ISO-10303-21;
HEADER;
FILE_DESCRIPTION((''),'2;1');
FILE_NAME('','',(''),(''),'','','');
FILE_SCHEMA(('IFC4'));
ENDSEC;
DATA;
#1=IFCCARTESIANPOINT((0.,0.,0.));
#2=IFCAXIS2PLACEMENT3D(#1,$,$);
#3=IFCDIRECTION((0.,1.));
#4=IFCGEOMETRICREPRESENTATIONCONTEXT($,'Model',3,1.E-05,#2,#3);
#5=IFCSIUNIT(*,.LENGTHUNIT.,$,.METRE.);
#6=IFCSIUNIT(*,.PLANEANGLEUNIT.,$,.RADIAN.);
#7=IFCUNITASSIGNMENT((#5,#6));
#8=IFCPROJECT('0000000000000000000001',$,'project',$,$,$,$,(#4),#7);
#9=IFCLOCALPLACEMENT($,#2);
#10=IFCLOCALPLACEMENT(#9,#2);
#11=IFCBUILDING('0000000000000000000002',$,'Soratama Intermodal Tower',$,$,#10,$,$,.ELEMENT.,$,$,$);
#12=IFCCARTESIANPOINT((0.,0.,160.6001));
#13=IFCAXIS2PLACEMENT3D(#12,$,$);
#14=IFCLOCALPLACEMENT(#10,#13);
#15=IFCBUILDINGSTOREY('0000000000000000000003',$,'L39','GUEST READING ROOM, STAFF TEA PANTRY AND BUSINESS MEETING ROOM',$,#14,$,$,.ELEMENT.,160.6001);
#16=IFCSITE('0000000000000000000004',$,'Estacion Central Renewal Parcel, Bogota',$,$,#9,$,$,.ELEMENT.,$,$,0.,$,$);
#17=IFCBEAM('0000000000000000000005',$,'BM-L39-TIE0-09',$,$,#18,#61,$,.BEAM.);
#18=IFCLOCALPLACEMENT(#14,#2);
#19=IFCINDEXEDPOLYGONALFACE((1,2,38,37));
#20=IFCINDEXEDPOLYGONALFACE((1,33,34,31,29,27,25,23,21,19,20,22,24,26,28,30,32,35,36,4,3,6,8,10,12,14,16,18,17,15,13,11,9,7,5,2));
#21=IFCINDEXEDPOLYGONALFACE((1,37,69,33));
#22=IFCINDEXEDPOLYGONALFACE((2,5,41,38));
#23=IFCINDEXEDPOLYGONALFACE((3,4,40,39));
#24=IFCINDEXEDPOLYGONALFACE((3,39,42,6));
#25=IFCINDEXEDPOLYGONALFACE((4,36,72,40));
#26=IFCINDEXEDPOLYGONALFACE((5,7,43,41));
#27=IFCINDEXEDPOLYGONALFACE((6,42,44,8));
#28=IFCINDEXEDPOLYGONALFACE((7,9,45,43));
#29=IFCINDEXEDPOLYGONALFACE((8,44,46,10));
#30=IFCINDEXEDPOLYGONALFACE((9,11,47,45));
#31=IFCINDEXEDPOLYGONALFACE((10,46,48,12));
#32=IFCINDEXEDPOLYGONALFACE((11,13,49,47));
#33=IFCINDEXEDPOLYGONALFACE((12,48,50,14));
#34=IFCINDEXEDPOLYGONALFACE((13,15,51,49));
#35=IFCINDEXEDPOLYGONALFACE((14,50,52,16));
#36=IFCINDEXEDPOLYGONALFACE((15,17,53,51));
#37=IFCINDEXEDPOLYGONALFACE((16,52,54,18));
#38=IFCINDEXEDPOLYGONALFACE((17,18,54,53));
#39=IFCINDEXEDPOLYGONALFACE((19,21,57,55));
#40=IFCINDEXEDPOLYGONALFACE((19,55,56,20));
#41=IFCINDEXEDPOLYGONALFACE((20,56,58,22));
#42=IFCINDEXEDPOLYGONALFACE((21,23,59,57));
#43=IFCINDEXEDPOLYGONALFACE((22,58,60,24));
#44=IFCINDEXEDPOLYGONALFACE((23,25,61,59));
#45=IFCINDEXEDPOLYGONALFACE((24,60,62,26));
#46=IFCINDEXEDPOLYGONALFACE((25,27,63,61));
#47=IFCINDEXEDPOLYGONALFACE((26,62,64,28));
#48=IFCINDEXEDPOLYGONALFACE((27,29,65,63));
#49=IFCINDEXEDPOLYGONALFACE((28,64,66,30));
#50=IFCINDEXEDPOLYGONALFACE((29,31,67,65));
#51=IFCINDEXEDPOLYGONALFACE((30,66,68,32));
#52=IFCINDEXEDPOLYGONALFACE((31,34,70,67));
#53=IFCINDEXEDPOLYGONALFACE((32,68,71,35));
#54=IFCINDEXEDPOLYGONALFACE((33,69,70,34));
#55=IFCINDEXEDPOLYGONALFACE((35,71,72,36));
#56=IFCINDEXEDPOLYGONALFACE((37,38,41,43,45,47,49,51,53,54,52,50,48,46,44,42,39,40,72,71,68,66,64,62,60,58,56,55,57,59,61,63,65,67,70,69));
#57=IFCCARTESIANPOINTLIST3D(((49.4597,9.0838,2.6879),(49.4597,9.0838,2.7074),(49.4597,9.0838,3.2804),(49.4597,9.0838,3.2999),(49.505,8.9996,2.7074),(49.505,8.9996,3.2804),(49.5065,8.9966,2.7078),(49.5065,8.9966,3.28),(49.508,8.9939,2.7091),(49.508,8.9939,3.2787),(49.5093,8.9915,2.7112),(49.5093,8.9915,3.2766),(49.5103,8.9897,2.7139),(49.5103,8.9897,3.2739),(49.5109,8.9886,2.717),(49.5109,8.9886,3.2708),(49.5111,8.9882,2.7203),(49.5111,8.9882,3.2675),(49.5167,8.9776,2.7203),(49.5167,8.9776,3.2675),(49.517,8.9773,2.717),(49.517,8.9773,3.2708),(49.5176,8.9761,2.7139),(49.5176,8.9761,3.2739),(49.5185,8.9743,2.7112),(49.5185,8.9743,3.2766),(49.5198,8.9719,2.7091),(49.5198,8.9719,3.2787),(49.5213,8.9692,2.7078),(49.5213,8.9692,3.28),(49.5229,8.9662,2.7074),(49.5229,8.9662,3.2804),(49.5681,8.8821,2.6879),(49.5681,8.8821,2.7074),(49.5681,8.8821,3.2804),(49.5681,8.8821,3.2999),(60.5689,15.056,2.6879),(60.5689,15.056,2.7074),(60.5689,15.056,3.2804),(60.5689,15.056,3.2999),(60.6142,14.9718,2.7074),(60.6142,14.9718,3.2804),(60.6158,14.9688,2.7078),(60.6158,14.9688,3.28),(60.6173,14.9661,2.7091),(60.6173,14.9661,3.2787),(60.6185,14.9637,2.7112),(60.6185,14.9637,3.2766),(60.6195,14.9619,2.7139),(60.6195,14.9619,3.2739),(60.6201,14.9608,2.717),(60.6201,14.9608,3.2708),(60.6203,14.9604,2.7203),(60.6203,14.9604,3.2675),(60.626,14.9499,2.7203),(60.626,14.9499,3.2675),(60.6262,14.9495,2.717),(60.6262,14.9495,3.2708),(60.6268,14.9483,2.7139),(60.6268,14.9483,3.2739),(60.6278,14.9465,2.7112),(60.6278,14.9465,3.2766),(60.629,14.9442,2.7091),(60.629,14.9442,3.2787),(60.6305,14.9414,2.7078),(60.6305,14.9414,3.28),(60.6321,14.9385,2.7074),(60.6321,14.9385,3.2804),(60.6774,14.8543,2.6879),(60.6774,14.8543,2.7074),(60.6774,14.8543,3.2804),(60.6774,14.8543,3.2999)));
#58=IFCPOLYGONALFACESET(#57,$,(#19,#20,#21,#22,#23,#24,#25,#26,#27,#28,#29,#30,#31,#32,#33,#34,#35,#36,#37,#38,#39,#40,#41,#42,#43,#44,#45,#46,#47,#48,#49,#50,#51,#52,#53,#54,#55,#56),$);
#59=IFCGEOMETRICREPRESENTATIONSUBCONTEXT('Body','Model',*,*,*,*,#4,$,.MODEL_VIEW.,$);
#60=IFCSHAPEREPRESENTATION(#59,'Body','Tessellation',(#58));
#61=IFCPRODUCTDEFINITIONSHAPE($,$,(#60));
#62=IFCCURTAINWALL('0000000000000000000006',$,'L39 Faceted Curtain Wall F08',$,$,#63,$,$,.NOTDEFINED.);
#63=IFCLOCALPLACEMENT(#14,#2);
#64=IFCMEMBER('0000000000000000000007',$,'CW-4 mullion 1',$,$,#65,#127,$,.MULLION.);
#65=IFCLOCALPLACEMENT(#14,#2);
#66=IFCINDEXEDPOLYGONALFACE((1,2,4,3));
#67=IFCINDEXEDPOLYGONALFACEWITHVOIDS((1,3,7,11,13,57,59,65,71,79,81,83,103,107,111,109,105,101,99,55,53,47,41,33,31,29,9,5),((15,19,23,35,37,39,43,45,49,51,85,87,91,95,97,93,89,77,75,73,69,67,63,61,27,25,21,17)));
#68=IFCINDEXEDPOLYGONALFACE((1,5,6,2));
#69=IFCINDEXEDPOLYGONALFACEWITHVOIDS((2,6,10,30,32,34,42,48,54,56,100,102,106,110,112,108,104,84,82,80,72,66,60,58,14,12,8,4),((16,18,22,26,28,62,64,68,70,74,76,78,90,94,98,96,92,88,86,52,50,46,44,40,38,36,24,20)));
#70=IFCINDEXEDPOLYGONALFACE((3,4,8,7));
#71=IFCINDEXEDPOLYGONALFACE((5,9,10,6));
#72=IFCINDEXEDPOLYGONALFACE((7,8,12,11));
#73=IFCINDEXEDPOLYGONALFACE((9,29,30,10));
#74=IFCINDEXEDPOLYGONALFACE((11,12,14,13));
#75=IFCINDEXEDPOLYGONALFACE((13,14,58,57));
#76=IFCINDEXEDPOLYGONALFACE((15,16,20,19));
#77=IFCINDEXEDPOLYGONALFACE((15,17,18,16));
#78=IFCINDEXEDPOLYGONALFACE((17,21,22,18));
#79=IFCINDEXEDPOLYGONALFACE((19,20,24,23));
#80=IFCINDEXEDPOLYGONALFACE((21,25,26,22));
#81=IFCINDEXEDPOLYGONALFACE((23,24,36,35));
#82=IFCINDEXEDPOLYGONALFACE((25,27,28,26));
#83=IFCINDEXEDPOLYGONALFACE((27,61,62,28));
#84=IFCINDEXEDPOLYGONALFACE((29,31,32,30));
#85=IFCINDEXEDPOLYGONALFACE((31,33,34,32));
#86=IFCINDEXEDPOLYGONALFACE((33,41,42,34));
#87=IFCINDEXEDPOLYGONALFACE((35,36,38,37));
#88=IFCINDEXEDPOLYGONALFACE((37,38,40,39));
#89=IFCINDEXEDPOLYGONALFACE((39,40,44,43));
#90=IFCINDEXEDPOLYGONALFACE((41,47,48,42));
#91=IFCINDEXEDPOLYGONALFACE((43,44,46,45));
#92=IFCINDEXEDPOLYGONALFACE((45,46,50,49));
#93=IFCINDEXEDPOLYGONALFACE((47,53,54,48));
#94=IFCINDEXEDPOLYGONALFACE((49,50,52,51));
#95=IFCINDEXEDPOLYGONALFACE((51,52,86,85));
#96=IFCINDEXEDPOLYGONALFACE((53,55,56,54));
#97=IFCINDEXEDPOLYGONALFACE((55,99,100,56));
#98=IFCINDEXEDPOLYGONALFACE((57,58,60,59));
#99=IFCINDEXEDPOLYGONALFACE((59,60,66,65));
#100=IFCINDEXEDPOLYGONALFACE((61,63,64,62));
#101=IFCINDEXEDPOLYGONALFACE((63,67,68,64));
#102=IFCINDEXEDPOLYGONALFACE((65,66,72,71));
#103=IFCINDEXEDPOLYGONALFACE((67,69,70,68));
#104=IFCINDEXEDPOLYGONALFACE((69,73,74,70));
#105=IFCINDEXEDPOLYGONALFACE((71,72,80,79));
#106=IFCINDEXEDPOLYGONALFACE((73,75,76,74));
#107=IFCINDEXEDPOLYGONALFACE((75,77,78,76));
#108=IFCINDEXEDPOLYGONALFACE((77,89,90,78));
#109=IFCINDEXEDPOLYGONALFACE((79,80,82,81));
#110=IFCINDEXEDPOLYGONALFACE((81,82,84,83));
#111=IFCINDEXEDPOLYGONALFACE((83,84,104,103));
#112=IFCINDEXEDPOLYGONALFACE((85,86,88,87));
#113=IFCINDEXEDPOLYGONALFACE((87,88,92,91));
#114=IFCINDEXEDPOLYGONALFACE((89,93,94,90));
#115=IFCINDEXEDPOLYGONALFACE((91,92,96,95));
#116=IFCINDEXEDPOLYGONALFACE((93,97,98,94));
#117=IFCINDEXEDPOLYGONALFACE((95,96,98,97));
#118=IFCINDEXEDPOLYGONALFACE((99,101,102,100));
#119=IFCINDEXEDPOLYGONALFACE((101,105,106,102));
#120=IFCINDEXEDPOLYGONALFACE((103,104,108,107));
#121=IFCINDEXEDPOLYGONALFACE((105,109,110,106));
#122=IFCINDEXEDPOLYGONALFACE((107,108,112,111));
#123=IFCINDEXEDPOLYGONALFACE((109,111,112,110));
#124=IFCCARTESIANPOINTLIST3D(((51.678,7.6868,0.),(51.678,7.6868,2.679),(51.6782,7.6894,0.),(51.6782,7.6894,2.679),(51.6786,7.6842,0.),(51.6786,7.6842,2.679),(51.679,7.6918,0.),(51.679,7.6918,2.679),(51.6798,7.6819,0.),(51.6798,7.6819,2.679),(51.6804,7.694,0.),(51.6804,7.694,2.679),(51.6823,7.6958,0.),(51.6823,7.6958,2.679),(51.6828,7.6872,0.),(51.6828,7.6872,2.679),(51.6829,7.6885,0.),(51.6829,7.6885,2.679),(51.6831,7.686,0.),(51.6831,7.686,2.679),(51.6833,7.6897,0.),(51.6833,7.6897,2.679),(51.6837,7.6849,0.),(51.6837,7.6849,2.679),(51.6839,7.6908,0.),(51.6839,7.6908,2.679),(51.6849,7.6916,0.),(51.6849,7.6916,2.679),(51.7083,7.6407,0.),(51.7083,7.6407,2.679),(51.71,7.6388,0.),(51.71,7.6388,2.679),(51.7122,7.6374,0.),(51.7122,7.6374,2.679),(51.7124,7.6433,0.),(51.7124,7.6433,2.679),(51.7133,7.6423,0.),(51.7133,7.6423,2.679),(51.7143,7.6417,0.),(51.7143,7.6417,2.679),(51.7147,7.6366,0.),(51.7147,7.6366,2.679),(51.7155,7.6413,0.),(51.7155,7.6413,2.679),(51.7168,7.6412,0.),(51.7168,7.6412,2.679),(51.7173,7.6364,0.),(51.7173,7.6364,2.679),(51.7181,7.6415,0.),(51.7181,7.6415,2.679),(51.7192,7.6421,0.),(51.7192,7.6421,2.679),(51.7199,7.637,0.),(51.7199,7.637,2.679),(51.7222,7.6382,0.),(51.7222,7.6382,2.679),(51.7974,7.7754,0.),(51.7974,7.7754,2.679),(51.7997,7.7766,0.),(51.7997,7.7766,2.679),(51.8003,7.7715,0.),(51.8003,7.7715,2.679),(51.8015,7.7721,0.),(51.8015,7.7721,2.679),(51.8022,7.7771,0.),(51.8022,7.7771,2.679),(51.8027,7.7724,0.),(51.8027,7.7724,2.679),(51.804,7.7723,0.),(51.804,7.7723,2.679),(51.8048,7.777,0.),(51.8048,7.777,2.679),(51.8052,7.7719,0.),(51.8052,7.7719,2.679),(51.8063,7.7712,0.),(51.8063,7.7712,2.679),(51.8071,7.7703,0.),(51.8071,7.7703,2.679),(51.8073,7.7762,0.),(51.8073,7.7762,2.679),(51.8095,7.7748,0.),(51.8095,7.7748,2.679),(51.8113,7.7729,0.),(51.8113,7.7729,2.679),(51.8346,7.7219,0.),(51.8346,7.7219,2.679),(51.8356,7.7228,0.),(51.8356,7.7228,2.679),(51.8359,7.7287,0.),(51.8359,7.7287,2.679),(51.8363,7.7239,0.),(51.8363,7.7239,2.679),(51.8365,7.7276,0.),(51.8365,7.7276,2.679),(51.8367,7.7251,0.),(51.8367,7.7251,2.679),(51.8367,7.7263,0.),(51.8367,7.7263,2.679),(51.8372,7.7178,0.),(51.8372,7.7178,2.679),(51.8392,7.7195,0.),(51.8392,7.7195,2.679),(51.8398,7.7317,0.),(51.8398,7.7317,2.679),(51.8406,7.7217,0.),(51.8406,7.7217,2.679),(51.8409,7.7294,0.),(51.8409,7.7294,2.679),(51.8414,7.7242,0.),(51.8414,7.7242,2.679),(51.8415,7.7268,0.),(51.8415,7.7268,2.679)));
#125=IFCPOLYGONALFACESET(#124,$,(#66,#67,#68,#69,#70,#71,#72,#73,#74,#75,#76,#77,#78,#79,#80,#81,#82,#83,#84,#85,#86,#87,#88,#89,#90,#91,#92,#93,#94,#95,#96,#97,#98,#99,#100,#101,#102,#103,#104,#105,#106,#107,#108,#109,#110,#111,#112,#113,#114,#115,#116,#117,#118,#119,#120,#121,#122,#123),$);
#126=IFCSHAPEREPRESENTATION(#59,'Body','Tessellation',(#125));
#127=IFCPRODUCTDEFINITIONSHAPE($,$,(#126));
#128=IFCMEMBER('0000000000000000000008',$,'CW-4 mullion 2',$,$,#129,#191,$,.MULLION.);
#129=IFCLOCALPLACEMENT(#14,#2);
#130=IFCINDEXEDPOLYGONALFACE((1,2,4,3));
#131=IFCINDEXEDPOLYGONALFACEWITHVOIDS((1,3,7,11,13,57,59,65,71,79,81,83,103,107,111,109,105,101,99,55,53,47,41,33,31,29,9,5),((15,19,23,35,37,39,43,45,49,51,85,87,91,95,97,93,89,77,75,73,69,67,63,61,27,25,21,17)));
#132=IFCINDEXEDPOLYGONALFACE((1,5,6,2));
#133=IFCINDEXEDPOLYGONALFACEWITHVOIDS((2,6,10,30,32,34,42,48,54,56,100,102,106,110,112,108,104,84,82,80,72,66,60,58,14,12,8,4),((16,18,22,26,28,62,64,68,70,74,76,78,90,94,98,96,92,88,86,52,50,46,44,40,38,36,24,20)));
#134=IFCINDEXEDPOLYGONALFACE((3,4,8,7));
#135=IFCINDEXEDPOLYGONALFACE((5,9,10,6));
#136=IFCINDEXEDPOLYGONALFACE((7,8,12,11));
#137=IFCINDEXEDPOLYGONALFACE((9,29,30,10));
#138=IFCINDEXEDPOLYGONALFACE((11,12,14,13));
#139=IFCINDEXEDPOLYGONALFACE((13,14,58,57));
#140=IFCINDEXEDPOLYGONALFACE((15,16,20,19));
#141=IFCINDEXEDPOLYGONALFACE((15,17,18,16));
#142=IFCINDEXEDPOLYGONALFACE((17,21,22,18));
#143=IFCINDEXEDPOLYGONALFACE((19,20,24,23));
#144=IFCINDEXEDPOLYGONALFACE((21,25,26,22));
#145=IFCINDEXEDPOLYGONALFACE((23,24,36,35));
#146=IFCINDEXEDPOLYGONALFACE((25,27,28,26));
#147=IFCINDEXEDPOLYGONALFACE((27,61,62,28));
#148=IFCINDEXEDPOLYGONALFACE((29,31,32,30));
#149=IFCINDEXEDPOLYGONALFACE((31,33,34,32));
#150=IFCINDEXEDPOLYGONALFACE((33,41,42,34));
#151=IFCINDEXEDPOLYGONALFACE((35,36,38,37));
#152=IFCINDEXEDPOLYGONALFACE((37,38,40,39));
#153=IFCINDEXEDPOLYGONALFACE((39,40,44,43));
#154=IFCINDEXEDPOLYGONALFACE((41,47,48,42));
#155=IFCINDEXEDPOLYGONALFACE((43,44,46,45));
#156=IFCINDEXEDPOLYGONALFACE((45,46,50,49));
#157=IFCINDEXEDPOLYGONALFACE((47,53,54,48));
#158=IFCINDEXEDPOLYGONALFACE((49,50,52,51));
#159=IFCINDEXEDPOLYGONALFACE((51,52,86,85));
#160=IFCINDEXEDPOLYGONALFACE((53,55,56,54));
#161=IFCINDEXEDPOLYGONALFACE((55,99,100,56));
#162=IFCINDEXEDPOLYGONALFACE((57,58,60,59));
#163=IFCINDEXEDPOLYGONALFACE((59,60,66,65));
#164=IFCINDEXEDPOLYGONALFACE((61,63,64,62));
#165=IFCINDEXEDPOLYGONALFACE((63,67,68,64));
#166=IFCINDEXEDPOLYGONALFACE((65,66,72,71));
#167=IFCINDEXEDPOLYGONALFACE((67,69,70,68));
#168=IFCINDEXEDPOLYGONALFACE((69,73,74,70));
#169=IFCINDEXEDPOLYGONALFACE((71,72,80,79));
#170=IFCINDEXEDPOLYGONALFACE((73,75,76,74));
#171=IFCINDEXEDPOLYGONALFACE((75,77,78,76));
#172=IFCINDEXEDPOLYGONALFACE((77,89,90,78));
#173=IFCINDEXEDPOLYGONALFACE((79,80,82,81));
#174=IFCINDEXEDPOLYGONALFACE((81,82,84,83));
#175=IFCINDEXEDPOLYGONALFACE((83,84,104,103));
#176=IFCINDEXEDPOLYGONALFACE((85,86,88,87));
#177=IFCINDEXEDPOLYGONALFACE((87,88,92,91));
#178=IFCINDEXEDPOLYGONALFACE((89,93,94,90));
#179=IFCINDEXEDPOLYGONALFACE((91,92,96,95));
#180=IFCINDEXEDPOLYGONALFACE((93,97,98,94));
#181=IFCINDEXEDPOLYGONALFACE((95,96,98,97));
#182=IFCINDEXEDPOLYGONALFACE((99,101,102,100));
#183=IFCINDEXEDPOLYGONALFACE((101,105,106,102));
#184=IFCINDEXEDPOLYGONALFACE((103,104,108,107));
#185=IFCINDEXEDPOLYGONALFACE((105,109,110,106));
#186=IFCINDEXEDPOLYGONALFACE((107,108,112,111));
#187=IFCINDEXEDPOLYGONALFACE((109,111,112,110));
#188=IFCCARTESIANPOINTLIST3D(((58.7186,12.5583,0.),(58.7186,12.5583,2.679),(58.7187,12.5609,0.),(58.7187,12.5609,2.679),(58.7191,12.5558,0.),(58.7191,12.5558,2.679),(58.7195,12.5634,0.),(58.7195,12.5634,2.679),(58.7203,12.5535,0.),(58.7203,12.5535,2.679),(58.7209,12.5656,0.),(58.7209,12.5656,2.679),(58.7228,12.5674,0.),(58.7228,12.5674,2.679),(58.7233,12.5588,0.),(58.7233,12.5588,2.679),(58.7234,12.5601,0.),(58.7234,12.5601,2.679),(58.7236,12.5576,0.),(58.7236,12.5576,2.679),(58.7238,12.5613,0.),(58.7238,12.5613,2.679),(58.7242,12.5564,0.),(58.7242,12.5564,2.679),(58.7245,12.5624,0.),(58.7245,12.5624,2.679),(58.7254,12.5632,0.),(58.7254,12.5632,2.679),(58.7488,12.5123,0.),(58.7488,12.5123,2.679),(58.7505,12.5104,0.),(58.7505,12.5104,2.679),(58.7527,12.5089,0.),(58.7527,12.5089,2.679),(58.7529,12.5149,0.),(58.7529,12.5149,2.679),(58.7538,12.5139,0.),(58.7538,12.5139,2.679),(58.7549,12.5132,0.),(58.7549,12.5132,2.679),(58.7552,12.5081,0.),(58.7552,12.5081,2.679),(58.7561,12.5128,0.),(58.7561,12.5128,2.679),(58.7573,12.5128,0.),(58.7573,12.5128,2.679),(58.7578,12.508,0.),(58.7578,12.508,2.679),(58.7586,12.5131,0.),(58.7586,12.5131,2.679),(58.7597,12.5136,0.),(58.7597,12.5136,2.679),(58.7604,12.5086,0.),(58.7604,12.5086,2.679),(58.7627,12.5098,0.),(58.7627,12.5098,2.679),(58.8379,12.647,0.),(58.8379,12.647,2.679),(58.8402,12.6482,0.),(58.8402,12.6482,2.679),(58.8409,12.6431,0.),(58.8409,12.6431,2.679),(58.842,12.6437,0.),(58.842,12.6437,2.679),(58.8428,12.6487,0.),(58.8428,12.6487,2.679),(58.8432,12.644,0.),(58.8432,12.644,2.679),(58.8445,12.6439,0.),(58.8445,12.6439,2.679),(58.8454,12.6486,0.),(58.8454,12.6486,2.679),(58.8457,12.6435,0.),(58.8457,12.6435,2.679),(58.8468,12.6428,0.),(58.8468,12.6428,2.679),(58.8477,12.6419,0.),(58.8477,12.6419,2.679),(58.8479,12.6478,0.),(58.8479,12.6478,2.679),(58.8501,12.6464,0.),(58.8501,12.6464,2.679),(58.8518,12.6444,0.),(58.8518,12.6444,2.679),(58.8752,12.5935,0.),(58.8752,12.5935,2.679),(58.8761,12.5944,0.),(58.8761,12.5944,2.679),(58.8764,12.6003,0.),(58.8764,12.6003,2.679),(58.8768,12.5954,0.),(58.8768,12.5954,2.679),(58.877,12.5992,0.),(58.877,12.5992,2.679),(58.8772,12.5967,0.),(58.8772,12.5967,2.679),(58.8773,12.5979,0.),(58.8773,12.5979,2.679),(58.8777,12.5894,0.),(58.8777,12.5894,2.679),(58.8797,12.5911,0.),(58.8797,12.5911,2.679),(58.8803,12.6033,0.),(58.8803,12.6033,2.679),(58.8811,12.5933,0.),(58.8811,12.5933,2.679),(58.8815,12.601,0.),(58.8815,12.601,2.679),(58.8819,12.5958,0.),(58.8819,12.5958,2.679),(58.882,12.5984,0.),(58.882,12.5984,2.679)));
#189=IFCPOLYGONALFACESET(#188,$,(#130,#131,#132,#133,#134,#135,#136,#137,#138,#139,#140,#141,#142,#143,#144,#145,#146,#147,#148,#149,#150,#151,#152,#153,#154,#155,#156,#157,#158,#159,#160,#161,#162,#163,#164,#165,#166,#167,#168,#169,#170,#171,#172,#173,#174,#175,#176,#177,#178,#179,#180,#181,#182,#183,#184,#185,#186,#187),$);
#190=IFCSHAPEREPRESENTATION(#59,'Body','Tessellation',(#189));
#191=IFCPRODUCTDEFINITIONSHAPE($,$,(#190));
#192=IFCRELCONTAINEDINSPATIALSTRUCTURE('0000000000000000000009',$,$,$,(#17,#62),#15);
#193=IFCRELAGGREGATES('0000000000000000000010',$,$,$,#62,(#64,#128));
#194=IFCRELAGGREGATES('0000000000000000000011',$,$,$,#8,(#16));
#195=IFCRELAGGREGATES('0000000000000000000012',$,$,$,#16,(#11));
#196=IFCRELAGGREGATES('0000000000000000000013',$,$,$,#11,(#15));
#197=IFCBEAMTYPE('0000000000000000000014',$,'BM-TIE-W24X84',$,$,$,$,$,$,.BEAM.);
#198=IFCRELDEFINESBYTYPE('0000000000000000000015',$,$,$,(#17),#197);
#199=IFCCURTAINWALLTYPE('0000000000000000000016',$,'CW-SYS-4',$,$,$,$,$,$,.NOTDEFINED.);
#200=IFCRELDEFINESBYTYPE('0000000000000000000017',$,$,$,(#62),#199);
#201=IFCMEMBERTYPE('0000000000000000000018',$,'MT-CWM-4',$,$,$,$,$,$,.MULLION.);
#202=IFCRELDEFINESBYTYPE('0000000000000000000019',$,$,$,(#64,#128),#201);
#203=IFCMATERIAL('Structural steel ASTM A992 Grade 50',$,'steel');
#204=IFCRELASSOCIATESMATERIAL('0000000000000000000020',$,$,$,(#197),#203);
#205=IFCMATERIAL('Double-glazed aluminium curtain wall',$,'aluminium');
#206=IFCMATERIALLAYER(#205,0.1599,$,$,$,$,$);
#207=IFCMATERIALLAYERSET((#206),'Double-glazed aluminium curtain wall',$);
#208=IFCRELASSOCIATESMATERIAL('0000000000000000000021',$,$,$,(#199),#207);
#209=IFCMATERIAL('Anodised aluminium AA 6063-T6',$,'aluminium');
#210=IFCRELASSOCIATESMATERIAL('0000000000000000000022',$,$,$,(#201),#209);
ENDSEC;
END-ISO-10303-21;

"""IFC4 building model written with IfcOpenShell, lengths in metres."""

from ifc_helpers import new_model, si_unit, direction, frame, origin, origin_2d, place, context, subcontext, project, spatial, hollow_rectangle, i_section, extrude, material, layer, layer_set, material_profile, profile_set, type_object, element, aggregate, save


model = new_model("IFC4")

# Units and contexts
model_context = context("Model", 3, precision=1e-05, world=origin(), true_north=direction((0.0, 1.0)))
body_context = subcontext(model_context, "Body", "Model", "MODEL_VIEW")
ifc_project = project(units=[si_unit("LENGTHUNIT", "METRE"), si_unit("PLANEANGLEUNIT", "RADIAN")], contexts=[model_context])

# Site, building, storey
site_placement = place(None, origin())
site = spatial("IfcSite", under=ifc_project, at=site_placement, Name="Estacion Central Renewal Parcel, Bogota", CompositionType="ELEMENT", RefElevation=0.0)
building_placement = place(site_placement, origin())
building = spatial("IfcBuilding", under=site, at=building_placement, Name="Soratama Intermodal Tower", CompositionType="ELEMENT")
storey_placement = place(building_placement, frame((0.0, 0.0, 160.6001)))
storey = spatial("IfcBuildingStorey", under=building, at=storey_placement, Name="L39", Description="GUEST READING ROOM, STAFF TEA PANTRY AND BUSINESS MEETING ROOM", CompositionType="ELEMENT", Elevation=160.6001)

# Beam
ifc_material_1 = material(Name="Structural steel ASTM A992 Grade 50", Category="steel")
ifc_material_profile_1 = material_profile(ifc_material_1, i_section(OverallWidth=0.229, OverallDepth=0.6121, WebThickness=0.012, FlangeThickness=0.0195, FilletRadius=0.0129, at=origin_2d()), Name="W24X84")
ifc_profile_set_1 = profile_set([ifc_material_profile_1], Name="Structural steel ASTM A992 Grade 50")
beam_type_1 = type_object("IfcBeamType", Name="BM-TIE-W24X84", PredefinedType="BEAM", material=ifc_profile_set_1)
beam_1_placement = place(storey_placement, frame((49.5139, 8.9829, 2.9939), z_axis=(0.880791, 0.473505, 0.0), x_axis=(-0.473505, 0.880791, 0.0)))
element("IfcBeam", 1, at=beam_1_placement, inside=storey, type_object=beam_type_1, Name="BM-L39-TIE0-09", PredefinedType="BEAM", context=body_context, shape_type="SweptSolid", body=[
    extrude(i_section(OverallWidth=0.229, OverallDepth=0.6121, WebThickness=0.012, FlangeThickness=0.0195, FilletRadius=0.0129, at=origin_2d()), origin(), (0.0, 0.0, 1.0), 12.6128),
])

# Curtain wall, members
ifc_material_2 = material(Name="Double-glazed aluminium curtain wall", Category="aluminium")
ifc_layer_1 = layer(ifc_material_2, 0.1599)
ifc_layer_set_1 = layer_set([ifc_layer_1], Name="Double-glazed aluminium curtain wall")
curtain_wall_type = type_object("IfcCurtainWallType", Name="CW-SYS-4", PredefinedType="NOTDEFINED", material=ifc_layer_set_1)
curtain_wall_placement = place(storey_placement, origin())
curtain_wall = element("IfcCurtainWall", 2, at=curtain_wall_placement, inside=storey, type_object=curtain_wall_type, Name="L39 Faceted Curtain Wall F08", PredefinedType="NOTDEFINED")
ifc_material_3 = material(Name="Anodised aluminium AA 6063-T6", Category="aluminium")
ifc_material_profile_2 = material_profile(ifc_material_3, hollow_rectangle(XDim=0.0701, YDim=0.1599, WallThickness=0.0049, InnerFilletRadius=0.0049, OuterFilletRadius=0.01, at=origin_2d()), Name="CWM160X70X5")
ifc_profile_set_2 = profile_set([ifc_material_profile_2], Name="Anodised aluminium AA 6063-T6")
member_type_1 = type_object("IfcMemberType", Name="MT-CWM-4", PredefinedType="MULLION", material=ifc_profile_set_2)
member_1_placement = place(storey_placement, frame((51.7598, 7.7068, 0.0), z_axis=(0.0, 0.0, 1.0), x_axis=(-0.568991, 0.822344, 0.0)))
member_1 = element("IfcMember", 3, at=member_1_placement, type_object=member_type_1, Name="CW-4 mullion 1", PredefinedType="MULLION", context=body_context, shape_type="SweptSolid", body=[
    extrude(hollow_rectangle(XDim=0.0701, YDim=0.1599, WallThickness=0.0049, InnerFilletRadius=0.0049, OuterFilletRadius=0.01, at=origin_2d()), origin(), (0.0, 0.0, 1.0), 2.679),
])
member_2_placement = place(storey_placement, frame((58.8003, 12.5784, 0.0), z_axis=(0.0, 0.0, 1.0), x_axis=(-0.568991, 0.822344, 0.0)))
member_2 = element("IfcMember", 4, at=member_2_placement, type_object=member_type_1, Name="CW-4 mullion 2", PredefinedType="MULLION", context=body_context, shape_type="SweptSolid", body=[
    extrude(hollow_rectangle(XDim=0.0701, YDim=0.1599, WallThickness=0.0049, InnerFilletRadius=0.0049, OuterFilletRadius=0.01, at=origin_2d()), origin(), (0.0, 0.0, 1.0), 2.679),
])
aggregate(curtain_wall, [member_1, member_2])

save(model, "model.ifc")
